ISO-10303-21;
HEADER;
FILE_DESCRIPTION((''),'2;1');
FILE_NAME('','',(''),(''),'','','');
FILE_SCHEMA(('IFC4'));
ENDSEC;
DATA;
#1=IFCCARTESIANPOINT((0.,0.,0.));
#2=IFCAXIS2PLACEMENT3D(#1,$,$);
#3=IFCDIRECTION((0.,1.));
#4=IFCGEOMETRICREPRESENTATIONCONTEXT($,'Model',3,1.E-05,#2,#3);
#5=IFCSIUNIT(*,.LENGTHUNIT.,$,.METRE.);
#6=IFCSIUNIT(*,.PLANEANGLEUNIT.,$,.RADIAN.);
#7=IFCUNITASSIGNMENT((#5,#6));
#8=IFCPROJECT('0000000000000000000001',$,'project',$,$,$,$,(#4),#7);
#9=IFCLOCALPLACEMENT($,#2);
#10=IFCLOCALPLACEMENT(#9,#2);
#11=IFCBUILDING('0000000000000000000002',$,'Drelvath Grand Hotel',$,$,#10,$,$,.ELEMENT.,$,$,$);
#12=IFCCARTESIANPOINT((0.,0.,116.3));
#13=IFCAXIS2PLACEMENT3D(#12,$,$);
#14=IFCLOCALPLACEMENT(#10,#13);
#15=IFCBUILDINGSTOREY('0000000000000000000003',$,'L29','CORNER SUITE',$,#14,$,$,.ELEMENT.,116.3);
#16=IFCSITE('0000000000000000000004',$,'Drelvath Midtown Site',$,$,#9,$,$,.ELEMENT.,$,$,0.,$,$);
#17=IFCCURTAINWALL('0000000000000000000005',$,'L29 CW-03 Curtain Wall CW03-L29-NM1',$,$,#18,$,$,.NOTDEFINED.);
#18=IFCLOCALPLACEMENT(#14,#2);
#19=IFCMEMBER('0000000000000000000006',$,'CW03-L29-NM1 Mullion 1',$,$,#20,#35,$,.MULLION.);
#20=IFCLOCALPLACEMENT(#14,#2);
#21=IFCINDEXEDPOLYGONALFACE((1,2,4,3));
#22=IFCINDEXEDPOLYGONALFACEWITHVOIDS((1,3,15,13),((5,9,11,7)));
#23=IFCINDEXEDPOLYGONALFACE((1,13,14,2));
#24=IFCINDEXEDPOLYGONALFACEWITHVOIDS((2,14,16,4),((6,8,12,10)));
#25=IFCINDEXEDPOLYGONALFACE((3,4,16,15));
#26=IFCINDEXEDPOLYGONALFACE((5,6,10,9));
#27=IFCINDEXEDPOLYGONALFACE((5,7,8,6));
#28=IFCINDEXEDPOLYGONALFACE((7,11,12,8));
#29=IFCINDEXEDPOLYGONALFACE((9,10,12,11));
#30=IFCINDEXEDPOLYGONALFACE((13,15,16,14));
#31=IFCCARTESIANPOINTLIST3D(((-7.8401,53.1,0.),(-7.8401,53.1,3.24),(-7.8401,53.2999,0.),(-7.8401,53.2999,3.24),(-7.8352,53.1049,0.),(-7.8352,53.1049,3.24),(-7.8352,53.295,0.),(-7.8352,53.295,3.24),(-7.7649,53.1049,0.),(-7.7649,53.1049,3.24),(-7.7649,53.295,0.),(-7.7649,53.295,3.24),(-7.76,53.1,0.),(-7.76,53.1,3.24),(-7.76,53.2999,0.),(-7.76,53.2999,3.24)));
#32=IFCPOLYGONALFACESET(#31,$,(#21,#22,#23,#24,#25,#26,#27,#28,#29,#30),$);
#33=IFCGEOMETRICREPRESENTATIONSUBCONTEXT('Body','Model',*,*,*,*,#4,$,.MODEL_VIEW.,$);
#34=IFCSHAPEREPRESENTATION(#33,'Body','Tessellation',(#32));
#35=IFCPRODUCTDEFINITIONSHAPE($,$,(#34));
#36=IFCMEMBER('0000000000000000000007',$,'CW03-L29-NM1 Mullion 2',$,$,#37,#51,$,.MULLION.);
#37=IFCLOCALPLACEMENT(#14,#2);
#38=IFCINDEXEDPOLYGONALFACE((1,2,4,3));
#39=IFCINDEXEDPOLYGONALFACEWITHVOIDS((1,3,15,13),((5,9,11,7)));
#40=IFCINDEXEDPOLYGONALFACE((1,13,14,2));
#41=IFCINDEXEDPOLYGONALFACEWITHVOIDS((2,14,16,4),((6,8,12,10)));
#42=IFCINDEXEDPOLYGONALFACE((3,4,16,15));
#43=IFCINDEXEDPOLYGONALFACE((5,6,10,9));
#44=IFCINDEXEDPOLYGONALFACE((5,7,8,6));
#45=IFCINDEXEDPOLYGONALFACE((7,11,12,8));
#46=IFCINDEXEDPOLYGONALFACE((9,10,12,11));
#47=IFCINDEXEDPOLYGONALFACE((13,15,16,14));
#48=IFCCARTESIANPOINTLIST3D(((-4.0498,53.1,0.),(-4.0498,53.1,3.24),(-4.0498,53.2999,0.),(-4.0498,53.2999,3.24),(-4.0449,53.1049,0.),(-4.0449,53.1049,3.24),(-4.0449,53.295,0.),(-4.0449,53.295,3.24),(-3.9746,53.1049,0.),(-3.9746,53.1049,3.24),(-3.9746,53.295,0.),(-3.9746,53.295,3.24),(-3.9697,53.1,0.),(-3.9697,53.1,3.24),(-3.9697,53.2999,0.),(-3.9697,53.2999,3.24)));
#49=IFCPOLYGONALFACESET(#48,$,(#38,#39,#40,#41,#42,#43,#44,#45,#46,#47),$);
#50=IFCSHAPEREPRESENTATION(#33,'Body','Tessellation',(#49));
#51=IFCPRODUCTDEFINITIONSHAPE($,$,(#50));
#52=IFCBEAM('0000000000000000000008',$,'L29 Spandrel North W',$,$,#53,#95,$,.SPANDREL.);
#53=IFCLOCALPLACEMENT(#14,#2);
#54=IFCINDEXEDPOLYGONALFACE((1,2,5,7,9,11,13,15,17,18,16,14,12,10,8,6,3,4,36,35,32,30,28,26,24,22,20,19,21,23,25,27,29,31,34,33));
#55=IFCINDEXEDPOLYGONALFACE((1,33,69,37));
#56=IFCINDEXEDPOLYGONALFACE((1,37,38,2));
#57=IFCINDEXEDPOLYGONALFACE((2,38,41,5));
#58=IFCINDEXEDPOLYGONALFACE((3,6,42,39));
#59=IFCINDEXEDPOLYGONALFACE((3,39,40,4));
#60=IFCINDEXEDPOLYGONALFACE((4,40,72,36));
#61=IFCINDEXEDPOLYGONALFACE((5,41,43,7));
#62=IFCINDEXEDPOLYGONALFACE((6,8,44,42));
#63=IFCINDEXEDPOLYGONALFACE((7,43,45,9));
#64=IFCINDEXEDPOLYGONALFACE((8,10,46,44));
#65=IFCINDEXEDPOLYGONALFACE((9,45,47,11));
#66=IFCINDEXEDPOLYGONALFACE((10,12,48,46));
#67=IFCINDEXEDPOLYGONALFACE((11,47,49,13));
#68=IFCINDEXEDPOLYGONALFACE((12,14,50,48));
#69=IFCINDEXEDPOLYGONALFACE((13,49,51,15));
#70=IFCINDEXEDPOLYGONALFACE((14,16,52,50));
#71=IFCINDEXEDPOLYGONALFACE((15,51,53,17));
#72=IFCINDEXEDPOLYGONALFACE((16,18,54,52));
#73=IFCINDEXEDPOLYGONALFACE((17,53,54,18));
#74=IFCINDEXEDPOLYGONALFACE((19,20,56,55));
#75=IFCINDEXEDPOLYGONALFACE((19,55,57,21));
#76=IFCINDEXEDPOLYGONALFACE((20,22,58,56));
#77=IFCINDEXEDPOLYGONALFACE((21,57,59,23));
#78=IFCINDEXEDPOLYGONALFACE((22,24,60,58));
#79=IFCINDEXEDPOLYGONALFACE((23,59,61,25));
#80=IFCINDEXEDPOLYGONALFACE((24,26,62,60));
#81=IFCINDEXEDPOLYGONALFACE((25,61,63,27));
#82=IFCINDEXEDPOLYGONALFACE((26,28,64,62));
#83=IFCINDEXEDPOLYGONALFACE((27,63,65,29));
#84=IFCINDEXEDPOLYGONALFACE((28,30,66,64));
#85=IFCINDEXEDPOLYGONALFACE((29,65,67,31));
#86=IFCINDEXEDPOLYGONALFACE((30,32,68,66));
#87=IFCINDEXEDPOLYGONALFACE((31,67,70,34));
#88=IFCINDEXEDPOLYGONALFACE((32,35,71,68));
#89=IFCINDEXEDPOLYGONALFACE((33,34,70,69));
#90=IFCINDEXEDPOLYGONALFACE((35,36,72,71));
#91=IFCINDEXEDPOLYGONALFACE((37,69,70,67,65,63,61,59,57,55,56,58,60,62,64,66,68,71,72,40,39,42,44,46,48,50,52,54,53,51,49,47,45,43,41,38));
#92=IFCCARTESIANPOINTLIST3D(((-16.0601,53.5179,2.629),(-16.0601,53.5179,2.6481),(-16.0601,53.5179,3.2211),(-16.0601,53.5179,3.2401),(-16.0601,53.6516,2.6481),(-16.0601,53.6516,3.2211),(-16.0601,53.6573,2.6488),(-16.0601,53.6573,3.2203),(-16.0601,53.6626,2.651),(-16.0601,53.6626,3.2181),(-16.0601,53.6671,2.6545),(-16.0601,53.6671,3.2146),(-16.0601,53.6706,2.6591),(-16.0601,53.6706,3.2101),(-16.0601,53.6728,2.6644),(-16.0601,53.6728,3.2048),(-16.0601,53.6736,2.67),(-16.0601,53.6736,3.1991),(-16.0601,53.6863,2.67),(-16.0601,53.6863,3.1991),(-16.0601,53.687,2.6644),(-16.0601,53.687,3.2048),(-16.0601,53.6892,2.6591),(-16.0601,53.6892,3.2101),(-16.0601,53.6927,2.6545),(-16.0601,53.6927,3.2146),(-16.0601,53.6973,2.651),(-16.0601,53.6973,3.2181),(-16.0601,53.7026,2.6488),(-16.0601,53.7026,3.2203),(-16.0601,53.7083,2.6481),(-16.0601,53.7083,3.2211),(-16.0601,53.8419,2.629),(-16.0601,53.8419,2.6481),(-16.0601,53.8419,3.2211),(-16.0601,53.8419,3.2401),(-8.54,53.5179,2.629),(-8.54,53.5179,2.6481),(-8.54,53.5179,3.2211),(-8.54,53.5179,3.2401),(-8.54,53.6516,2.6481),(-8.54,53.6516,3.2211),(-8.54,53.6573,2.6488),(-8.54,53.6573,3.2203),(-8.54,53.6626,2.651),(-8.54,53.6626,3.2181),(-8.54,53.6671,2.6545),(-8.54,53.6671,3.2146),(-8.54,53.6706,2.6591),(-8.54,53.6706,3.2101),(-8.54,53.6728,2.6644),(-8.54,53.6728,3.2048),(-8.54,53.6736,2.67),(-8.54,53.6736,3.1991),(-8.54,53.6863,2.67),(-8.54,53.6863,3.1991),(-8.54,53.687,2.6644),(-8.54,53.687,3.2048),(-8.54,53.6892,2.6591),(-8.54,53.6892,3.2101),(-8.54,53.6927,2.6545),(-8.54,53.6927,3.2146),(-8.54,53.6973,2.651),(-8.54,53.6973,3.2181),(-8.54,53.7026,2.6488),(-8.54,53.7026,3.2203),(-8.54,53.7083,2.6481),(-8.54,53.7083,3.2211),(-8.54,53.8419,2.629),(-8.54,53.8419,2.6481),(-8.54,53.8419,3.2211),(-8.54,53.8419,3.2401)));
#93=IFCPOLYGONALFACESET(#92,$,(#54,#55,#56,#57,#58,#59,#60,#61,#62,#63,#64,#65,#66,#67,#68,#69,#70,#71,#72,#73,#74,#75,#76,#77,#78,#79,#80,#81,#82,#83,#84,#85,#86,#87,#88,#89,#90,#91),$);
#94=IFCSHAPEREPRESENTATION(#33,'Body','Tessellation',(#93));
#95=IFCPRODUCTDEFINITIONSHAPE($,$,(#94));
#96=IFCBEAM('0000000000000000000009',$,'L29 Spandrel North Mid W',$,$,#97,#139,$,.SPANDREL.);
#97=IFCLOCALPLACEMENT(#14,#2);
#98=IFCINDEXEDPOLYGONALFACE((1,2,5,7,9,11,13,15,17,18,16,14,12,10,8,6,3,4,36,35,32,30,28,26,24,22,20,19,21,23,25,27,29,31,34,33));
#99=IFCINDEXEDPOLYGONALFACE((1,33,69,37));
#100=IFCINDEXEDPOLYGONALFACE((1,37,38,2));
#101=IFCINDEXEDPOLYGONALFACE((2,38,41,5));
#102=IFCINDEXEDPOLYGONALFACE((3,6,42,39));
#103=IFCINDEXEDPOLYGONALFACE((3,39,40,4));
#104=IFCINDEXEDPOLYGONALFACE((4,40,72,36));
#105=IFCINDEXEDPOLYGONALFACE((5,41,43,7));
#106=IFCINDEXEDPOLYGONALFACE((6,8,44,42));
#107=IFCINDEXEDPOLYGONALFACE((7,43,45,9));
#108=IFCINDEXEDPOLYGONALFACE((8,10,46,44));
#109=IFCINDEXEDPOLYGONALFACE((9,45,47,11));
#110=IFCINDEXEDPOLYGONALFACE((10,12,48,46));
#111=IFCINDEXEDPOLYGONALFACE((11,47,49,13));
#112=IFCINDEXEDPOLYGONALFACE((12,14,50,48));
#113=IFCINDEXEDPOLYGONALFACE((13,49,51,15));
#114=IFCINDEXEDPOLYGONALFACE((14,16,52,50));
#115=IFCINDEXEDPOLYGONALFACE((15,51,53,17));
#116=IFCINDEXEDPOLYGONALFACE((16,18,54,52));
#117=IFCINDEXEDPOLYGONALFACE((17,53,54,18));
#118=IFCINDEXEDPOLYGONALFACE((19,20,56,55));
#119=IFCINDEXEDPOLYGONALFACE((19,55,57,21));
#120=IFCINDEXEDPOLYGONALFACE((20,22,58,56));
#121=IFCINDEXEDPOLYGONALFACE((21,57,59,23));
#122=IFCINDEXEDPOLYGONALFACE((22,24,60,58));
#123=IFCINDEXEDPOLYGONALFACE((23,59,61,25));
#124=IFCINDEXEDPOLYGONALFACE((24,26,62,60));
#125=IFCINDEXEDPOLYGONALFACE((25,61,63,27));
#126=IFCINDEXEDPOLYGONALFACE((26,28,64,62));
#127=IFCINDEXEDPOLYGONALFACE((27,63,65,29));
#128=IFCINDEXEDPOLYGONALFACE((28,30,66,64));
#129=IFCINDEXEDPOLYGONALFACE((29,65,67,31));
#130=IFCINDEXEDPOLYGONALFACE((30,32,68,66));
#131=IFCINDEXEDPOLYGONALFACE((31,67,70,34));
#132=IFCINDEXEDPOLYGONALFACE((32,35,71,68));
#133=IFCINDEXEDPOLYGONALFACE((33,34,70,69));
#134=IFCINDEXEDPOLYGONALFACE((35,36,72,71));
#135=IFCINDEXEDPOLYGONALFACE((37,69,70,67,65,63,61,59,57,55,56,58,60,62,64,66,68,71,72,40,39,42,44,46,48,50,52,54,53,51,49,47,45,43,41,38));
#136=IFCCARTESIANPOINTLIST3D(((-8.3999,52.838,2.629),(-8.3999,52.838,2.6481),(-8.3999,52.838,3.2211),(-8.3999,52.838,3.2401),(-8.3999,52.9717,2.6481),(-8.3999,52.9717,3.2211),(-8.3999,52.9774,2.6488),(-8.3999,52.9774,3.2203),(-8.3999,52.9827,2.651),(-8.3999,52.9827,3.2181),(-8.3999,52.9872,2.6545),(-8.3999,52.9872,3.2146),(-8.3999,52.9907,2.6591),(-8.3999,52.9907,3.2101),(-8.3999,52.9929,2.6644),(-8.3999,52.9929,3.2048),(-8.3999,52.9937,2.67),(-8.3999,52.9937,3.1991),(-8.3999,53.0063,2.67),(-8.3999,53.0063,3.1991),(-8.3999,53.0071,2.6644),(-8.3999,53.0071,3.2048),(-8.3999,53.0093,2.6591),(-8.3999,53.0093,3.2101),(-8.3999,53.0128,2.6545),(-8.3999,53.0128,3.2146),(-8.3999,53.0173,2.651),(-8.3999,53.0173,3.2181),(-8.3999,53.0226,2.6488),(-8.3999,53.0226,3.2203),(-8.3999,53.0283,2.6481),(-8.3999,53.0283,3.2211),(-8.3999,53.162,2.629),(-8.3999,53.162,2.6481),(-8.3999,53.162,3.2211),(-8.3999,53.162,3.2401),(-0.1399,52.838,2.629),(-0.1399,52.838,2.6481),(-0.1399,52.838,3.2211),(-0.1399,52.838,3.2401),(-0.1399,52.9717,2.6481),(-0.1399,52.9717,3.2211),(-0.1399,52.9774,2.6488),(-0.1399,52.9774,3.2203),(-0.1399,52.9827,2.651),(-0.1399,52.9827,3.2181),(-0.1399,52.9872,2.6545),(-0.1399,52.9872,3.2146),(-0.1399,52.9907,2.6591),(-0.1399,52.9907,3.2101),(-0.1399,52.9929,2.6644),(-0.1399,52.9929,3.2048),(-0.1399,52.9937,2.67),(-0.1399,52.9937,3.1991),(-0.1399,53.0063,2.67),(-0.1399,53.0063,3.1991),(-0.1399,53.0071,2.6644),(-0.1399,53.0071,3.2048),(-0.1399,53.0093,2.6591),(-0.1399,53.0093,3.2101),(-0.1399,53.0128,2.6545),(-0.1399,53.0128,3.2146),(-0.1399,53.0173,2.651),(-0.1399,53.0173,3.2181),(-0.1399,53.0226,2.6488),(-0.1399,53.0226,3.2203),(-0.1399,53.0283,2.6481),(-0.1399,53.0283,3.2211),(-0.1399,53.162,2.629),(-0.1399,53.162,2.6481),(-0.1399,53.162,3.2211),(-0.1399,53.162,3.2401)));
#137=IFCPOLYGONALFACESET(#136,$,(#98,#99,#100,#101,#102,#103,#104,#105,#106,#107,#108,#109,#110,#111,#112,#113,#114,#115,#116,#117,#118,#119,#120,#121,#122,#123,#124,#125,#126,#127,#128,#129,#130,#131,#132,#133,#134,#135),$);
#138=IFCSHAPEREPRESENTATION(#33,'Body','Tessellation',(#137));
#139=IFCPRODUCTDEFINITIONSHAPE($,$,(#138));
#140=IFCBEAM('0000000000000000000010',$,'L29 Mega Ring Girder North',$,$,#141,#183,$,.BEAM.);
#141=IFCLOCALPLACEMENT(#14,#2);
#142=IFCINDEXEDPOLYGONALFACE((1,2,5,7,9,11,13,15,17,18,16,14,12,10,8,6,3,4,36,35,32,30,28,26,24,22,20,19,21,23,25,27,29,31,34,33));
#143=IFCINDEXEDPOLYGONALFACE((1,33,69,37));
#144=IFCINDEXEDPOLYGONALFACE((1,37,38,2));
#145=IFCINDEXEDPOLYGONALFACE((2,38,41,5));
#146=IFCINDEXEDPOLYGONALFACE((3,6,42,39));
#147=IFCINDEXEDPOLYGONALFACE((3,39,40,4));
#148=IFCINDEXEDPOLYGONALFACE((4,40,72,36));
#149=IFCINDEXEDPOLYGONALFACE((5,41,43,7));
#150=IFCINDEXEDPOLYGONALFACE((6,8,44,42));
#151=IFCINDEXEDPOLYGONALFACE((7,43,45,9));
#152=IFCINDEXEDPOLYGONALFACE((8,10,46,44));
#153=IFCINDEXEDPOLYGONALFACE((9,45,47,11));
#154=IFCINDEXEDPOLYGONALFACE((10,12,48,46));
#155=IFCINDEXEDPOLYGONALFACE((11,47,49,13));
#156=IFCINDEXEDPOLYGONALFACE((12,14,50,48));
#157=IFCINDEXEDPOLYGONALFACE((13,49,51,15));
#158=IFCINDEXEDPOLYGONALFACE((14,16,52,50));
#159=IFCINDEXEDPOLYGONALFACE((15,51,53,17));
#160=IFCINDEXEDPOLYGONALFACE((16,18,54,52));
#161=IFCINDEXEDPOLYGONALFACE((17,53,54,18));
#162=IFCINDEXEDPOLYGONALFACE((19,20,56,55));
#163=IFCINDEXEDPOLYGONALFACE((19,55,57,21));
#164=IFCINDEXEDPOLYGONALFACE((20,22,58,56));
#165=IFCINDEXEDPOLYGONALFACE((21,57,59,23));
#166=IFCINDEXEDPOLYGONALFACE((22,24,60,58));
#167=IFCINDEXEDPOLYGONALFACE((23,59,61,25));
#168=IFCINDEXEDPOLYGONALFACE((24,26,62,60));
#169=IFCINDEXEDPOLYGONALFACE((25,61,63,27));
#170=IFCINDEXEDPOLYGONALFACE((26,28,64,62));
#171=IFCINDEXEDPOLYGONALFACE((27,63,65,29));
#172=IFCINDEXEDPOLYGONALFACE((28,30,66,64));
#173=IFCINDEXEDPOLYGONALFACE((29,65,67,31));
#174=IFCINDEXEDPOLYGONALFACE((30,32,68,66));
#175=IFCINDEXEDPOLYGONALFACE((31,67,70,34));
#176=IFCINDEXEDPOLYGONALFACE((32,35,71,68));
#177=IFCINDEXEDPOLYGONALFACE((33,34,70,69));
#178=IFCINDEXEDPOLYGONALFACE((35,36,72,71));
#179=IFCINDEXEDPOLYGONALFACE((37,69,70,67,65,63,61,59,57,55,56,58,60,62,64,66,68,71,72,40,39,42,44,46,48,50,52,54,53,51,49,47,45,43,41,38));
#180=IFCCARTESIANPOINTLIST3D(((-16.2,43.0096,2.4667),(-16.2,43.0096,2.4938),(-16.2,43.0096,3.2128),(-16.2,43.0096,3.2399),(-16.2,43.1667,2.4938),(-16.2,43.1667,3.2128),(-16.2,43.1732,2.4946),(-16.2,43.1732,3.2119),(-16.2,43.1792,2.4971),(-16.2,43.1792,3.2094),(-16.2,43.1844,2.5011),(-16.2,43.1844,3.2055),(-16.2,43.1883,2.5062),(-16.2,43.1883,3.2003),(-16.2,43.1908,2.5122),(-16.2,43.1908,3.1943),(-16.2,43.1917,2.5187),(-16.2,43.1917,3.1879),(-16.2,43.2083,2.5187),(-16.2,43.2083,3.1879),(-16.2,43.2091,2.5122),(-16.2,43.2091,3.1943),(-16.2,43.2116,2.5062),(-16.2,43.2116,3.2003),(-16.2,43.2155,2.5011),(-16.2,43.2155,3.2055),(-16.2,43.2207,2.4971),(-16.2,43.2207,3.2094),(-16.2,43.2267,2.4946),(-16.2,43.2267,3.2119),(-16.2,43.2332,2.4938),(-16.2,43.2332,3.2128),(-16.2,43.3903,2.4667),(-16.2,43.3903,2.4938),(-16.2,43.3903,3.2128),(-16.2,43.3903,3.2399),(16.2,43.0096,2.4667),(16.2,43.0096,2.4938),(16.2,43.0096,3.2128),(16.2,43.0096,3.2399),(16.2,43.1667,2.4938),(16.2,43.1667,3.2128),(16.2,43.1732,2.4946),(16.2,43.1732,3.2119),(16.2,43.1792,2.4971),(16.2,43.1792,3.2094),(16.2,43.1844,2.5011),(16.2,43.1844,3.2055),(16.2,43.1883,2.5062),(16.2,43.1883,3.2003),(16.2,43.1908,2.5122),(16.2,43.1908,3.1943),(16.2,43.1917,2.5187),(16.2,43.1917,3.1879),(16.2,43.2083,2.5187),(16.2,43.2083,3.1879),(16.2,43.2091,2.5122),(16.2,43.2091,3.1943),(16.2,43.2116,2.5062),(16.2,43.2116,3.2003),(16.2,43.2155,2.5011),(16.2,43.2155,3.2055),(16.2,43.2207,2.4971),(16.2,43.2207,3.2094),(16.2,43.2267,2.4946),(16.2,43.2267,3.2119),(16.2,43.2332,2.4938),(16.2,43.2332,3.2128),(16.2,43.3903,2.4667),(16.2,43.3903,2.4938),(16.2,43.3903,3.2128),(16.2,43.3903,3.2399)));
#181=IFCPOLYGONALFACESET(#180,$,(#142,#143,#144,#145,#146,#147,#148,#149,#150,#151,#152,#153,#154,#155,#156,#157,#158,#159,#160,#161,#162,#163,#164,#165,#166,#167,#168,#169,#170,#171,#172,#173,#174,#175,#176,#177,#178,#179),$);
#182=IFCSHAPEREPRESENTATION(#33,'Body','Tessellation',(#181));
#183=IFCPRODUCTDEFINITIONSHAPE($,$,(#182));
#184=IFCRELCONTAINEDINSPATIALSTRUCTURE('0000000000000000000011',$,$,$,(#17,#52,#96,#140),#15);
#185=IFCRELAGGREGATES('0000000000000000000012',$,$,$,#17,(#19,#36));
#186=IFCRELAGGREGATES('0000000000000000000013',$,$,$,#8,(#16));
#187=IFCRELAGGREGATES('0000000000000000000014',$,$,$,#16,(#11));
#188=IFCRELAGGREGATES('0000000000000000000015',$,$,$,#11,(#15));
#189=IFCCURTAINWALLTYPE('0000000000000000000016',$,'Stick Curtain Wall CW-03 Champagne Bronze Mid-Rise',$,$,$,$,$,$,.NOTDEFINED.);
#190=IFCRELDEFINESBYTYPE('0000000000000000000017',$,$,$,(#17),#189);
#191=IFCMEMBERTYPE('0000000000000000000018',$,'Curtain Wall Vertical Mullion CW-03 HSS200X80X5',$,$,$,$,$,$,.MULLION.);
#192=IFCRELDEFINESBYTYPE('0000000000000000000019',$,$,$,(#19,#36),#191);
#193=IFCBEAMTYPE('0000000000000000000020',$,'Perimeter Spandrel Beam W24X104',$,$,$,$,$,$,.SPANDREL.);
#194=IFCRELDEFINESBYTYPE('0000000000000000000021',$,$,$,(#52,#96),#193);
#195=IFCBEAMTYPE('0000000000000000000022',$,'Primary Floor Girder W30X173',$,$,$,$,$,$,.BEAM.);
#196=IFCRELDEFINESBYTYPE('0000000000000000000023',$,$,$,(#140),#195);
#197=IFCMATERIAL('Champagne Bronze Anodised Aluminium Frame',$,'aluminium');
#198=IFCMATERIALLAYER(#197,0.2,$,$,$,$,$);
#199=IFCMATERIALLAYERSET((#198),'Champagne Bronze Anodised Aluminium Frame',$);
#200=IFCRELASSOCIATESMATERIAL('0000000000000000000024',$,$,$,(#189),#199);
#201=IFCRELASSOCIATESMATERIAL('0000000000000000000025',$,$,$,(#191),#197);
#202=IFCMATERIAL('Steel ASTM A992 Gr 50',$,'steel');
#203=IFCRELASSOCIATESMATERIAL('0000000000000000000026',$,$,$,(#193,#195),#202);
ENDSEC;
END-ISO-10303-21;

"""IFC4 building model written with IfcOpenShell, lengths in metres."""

from ifc_helpers import new_model, si_unit, direction, frame, origin, origin_2d, place, context, subcontext, project, spatial, hollow_rectangle, i_section, extrude, material, layer, layer_set, material_profile, profile_set, type_object, element, aggregate, save


model = new_model("IFC4")

# Units and contexts
model_context = context("Model", 3, precision=1e-05, world=origin(), true_north=direction((0.0, 1.0)))
body_context = subcontext(model_context, "Body", "Model", "MODEL_VIEW")
ifc_project = project(units=[si_unit("LENGTHUNIT", "METRE"), si_unit("PLANEANGLEUNIT", "RADIAN")], contexts=[model_context])

# Site, building, storey
site_placement = place(None, origin())
site = spatial("IfcSite", under=ifc_project, at=site_placement, Name="Drelvath Midtown Site", CompositionType="ELEMENT", RefElevation=0.0)
building_placement = place(site_placement, origin())
building = spatial("IfcBuilding", under=site, at=building_placement, Name="Drelvath Grand Hotel", CompositionType="ELEMENT")
storey_placement = place(building_placement, frame((0.0, 0.0, 116.3)))
storey = spatial("IfcBuildingStorey", under=building, at=storey_placement, Name="L29", Description="CORNER SUITE", CompositionType="ELEMENT", Elevation=116.3)

# Curtain wall
ifc_material_1 = material(Name="Champagne Bronze Anodised Aluminium Frame", Category="aluminium")
ifc_layer_1 = layer(ifc_material_1, 0.2)
ifc_layer_set_1 = layer_set([ifc_layer_1], Name="Champagne Bronze Anodised Aluminium Frame")
curtain_wall_type = type_object("IfcCurtainWallType", Name="Stick Curtain Wall CW-03 Champagne Bronze Mid-Rise", PredefinedType="NOTDEFINED", material=ifc_layer_set_1)
curtain_wall_1_placement = place(storey_placement, origin())
curtain_wall_1 = element("IfcCurtainWall", 1, at=curtain_wall_1_placement, inside=storey, type_object=curtain_wall_type, Name="L29 CW-03 Curtain Wall CW03-L29-NM1", PredefinedType="NOTDEFINED")

# Members
ifc_material_profile_1 = material_profile(ifc_material_1, hollow_rectangle(XDim=0.0801, YDim=0.2, WallThickness=0.0049, at=origin_2d()), Name="HSS200X80X5")
ifc_profile_set_1 = profile_set([ifc_material_profile_1], Name="Champagne Bronze Anodised Aluminium Frame")
member_type_1 = type_object("IfcMemberType", Name="Curtain Wall Vertical Mullion CW-03 HSS200X80X5", PredefinedType="MULLION", material=ifc_profile_set_1)
member_1_placement = place(storey_placement, frame((-7.8, 53.2, 0.0), z_axis=(0.0, 0.0, 1.0), x_axis=(1.0, 0.0, 0.0)))
member_1 = element("IfcMember", 2, at=member_1_placement, type_object=member_type_1, Name="CW03-L29-NM1 Mullion 1", PredefinedType="MULLION", context=body_context, shape_type="SweptSolid", body=[
    extrude(hollow_rectangle(XDim=0.0801, YDim=0.2, WallThickness=0.0049, at=origin_2d()), origin(), (0.0, 0.0, 1.0), 3.24),
])
member_2_placement = place(storey_placement, frame((-4.0098, 53.2, 0.0), z_axis=(0.0, 0.0, 1.0), x_axis=(1.0, 0.0, 0.0)))
member_2 = element("IfcMember", 3, at=member_2_placement, type_object=member_type_1, Name="CW03-L29-NM1 Mullion 2", PredefinedType="MULLION", context=body_context, shape_type="SweptSolid", body=[
    extrude(hollow_rectangle(XDim=0.0801, YDim=0.2, WallThickness=0.0049, at=origin_2d()), origin(), (0.0, 0.0, 1.0), 3.24),
])

# Beams
ifc_material_2 = material(Name="Steel ASTM A992 Gr 50", Category="steel")
ifc_material_profile_2 = material_profile(ifc_material_2, i_section(OverallWidth=0.324, OverallDepth=0.6111, WebThickness=0.0127, FlangeThickness=0.019, FilletRadius=0.022, at=origin_2d()), Name="W24X104")
ifc_profile_set_2 = profile_set([ifc_material_profile_2], Name="Steel ASTM A992 Gr 50")
beam_type_1 = type_object("IfcBeamType", Name="Perimeter Spandrel Beam W24X104", PredefinedType="SPANDREL", material=ifc_profile_set_2)
beam_1_placement = place(storey_placement, frame((-16.0601, 53.6799, 2.9346), z_axis=(1.0, 0.0, 0.0), x_axis=(0.0, 1.0, 0.0)))
element("IfcBeam", 4, at=beam_1_placement, inside=storey, type_object=beam_type_1, Name="L29 Spandrel North W", PredefinedType="SPANDREL", context=body_context, shape_type="SweptSolid", body=[
    extrude(i_section(OverallWidth=0.324, OverallDepth=0.6111, WebThickness=0.0127, FlangeThickness=0.019, FilletRadius=0.022, at=origin_2d()), origin(), (0.0, 0.0, 1.0), 7.52),
])
beam_2_placement = place(storey_placement, frame((-8.3999, 53.0, 2.9346), z_axis=(1.0, 0.0, 0.0), x_axis=(0.0, 1.0, 0.0)))
element("IfcBeam", 5, at=beam_2_placement, inside=storey, type_object=beam_type_1, Name="L29 Spandrel North Mid W", PredefinedType="SPANDREL", context=body_context, shape_type="SweptSolid", body=[
    extrude(i_section(OverallWidth=0.324, OverallDepth=0.6111, WebThickness=0.0127, FlangeThickness=0.019, FilletRadius=0.022, at=origin_2d()), origin(), (0.0, 0.0, 1.0), 8.26),
])
ifc_material_profile_3 = material_profile(ifc_material_2, i_section(OverallWidth=0.3806, OverallDepth=0.7732, WebThickness=0.0166, FlangeThickness=0.0271, FilletRadius=0.0249, at=origin_2d()), Name="W30X173")
ifc_profile_set_3 = profile_set([ifc_material_profile_3], Name="Steel ASTM A992 Gr 50")
beam_type_2 = type_object("IfcBeamType", Name="Primary Floor Girder W30X173", PredefinedType="BEAM", material=ifc_profile_set_3)
beam_3_placement = place(storey_placement, frame((-16.2, 43.2, 2.8533), z_axis=(1.0, 0.0, 0.0), x_axis=(0.0, 1.0, 0.0)))
element("IfcBeam", 6, at=beam_3_placement, inside=storey, type_object=beam_type_2, Name="L29 Mega Ring Girder North", PredefinedType="BEAM", context=body_context, shape_type="SweptSolid", body=[
    extrude(i_section(OverallWidth=0.3806, OverallDepth=0.7732, WebThickness=0.0166, FlangeThickness=0.0271, FilletRadius=0.0249, at=origin_2d()), origin(), (0.0, 0.0, 1.0), 32.3999),
])

aggregate(curtain_wall_1, [member_1, member_2])

save(model, "model.ifc")
